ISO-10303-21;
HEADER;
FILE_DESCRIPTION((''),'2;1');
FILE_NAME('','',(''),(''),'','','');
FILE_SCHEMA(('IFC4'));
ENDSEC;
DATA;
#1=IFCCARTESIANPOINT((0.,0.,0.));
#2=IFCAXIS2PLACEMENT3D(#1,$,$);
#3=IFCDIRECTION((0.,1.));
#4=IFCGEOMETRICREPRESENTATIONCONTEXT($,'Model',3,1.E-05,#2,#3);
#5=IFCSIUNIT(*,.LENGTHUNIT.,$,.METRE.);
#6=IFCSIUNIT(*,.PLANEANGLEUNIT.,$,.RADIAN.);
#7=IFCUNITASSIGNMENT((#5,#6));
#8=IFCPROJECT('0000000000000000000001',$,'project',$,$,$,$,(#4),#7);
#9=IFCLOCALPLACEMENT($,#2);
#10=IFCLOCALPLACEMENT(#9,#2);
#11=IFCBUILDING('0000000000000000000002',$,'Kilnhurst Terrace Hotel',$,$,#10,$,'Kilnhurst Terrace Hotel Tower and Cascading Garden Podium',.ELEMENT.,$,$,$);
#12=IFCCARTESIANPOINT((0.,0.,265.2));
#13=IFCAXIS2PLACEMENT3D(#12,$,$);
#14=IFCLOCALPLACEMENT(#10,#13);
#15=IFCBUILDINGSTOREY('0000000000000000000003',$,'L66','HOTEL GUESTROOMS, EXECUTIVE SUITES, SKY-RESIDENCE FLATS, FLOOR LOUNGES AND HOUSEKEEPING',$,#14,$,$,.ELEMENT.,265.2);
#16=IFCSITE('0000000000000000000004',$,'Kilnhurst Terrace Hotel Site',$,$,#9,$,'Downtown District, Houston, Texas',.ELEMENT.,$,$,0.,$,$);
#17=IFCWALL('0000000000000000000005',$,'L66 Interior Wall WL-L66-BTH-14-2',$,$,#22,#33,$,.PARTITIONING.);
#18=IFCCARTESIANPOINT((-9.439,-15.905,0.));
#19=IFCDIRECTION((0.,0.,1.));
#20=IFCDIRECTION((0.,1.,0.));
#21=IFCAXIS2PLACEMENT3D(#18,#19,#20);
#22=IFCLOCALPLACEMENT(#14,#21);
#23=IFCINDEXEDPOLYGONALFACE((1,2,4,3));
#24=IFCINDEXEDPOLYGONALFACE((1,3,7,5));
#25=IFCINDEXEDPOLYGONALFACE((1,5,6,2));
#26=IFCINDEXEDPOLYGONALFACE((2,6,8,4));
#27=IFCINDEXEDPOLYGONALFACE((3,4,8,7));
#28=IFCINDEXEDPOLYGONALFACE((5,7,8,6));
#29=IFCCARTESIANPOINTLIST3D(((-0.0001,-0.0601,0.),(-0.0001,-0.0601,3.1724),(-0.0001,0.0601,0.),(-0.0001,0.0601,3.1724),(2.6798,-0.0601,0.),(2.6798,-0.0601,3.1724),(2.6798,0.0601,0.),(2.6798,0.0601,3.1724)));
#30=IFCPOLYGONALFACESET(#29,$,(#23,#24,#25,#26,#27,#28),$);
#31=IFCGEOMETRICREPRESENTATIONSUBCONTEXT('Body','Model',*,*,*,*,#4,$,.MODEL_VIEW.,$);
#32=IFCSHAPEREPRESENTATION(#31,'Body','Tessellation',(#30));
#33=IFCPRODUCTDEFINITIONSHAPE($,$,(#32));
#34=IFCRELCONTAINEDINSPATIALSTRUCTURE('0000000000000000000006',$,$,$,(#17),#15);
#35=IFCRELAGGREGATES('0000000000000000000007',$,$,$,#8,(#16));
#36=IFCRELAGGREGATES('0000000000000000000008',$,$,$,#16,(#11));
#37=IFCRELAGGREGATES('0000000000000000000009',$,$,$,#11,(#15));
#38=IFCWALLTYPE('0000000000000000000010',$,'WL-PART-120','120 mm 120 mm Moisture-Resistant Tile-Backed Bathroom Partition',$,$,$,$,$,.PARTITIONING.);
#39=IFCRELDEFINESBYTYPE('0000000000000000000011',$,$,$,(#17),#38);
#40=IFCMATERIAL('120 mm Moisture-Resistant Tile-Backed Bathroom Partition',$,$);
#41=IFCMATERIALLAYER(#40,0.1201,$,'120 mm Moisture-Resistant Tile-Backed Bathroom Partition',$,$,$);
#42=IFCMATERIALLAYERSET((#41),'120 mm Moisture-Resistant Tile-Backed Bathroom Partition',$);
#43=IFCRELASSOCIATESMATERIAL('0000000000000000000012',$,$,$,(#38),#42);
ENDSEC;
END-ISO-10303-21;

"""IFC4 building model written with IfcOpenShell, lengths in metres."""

from ifc_helpers import new_model, si_unit, direction, frame, frame_2d, origin, place, context, subcontext, project, spatial, rectangle, extrude, material, layer, layer_set, type_object, element, save


model = new_model("IFC4")

# Units and contexts
model_context = context("Model", 3, precision=1e-05, world=origin(), true_north=direction((0.0, 1.0)))
body_context = subcontext(model_context, "Body", "Model", "MODEL_VIEW")
ifc_project = project(units=[si_unit("LENGTHUNIT", "METRE"), si_unit("PLANEANGLEUNIT", "RADIAN")], contexts=[model_context])

# Site, building, storey
site_placement = place(None, origin())
site = spatial("IfcSite", under=ifc_project, at=site_placement, Name="Kilnhurst Terrace Hotel Site", LongName="Downtown District, Houston, Texas", CompositionType="ELEMENT", RefElevation=0.0)
building_placement = place(site_placement, origin())
building = spatial("IfcBuilding", under=site, at=building_placement, Name="Kilnhurst Terrace Hotel", LongName="Kilnhurst Terrace Hotel Tower and Cascading Garden Podium", CompositionType="ELEMENT")
storey_placement = place(building_placement, frame((0.0, 0.0, 265.2)))
storey = spatial("IfcBuildingStorey", under=building, at=storey_placement, Name="L66", Description="HOTEL GUESTROOMS, EXECUTIVE SUITES, SKY-RESIDENCE FLATS, FLOOR LOUNGES AND HOUSEKEEPING", CompositionType="ELEMENT", Elevation=265.2)

# Shared definitions
ifc_material_1 = material(Name="120 mm Moisture-Resistant Tile-Backed Bathroom Partition")
ifc_layer_1 = layer(ifc_material_1, 0.1201, Name="120 mm Moisture-Resistant Tile-Backed Bathroom Partition")
ifc_layer_set_1 = layer_set([ifc_layer_1], Name="120 mm Moisture-Resistant Tile-Backed Bathroom Partition")
wall_type_1 = type_object("IfcWallType", Name="WL-PART-120", Description="120 mm 120 mm Moisture-Resistant Tile-Backed Bathroom Partition", PredefinedType="PARTITIONING", material=ifc_layer_set_1)

# Wall
wall_1_placement = place(storey_placement, frame((-9.439, -15.905, 0.0), z_axis=(0.0, 0.0, 1.0), x_axis=(0.0, 1.0, 0.0)))
element("IfcWall", 1, at=wall_1_placement, inside=storey, type_object=wall_type_1, Name="L66 Interior Wall WL-L66-BTH-14-2", PredefinedType="PARTITIONING", context=body_context, shape_type="SweptSolid", body=[
    extrude(rectangle(XDim=2.6799, YDim=0.1201, at=frame_2d((1.3398, 0.0))), origin(), (0.0, 0.0, 1.0), 3.1724),
])

save(model, "model.ifc")
